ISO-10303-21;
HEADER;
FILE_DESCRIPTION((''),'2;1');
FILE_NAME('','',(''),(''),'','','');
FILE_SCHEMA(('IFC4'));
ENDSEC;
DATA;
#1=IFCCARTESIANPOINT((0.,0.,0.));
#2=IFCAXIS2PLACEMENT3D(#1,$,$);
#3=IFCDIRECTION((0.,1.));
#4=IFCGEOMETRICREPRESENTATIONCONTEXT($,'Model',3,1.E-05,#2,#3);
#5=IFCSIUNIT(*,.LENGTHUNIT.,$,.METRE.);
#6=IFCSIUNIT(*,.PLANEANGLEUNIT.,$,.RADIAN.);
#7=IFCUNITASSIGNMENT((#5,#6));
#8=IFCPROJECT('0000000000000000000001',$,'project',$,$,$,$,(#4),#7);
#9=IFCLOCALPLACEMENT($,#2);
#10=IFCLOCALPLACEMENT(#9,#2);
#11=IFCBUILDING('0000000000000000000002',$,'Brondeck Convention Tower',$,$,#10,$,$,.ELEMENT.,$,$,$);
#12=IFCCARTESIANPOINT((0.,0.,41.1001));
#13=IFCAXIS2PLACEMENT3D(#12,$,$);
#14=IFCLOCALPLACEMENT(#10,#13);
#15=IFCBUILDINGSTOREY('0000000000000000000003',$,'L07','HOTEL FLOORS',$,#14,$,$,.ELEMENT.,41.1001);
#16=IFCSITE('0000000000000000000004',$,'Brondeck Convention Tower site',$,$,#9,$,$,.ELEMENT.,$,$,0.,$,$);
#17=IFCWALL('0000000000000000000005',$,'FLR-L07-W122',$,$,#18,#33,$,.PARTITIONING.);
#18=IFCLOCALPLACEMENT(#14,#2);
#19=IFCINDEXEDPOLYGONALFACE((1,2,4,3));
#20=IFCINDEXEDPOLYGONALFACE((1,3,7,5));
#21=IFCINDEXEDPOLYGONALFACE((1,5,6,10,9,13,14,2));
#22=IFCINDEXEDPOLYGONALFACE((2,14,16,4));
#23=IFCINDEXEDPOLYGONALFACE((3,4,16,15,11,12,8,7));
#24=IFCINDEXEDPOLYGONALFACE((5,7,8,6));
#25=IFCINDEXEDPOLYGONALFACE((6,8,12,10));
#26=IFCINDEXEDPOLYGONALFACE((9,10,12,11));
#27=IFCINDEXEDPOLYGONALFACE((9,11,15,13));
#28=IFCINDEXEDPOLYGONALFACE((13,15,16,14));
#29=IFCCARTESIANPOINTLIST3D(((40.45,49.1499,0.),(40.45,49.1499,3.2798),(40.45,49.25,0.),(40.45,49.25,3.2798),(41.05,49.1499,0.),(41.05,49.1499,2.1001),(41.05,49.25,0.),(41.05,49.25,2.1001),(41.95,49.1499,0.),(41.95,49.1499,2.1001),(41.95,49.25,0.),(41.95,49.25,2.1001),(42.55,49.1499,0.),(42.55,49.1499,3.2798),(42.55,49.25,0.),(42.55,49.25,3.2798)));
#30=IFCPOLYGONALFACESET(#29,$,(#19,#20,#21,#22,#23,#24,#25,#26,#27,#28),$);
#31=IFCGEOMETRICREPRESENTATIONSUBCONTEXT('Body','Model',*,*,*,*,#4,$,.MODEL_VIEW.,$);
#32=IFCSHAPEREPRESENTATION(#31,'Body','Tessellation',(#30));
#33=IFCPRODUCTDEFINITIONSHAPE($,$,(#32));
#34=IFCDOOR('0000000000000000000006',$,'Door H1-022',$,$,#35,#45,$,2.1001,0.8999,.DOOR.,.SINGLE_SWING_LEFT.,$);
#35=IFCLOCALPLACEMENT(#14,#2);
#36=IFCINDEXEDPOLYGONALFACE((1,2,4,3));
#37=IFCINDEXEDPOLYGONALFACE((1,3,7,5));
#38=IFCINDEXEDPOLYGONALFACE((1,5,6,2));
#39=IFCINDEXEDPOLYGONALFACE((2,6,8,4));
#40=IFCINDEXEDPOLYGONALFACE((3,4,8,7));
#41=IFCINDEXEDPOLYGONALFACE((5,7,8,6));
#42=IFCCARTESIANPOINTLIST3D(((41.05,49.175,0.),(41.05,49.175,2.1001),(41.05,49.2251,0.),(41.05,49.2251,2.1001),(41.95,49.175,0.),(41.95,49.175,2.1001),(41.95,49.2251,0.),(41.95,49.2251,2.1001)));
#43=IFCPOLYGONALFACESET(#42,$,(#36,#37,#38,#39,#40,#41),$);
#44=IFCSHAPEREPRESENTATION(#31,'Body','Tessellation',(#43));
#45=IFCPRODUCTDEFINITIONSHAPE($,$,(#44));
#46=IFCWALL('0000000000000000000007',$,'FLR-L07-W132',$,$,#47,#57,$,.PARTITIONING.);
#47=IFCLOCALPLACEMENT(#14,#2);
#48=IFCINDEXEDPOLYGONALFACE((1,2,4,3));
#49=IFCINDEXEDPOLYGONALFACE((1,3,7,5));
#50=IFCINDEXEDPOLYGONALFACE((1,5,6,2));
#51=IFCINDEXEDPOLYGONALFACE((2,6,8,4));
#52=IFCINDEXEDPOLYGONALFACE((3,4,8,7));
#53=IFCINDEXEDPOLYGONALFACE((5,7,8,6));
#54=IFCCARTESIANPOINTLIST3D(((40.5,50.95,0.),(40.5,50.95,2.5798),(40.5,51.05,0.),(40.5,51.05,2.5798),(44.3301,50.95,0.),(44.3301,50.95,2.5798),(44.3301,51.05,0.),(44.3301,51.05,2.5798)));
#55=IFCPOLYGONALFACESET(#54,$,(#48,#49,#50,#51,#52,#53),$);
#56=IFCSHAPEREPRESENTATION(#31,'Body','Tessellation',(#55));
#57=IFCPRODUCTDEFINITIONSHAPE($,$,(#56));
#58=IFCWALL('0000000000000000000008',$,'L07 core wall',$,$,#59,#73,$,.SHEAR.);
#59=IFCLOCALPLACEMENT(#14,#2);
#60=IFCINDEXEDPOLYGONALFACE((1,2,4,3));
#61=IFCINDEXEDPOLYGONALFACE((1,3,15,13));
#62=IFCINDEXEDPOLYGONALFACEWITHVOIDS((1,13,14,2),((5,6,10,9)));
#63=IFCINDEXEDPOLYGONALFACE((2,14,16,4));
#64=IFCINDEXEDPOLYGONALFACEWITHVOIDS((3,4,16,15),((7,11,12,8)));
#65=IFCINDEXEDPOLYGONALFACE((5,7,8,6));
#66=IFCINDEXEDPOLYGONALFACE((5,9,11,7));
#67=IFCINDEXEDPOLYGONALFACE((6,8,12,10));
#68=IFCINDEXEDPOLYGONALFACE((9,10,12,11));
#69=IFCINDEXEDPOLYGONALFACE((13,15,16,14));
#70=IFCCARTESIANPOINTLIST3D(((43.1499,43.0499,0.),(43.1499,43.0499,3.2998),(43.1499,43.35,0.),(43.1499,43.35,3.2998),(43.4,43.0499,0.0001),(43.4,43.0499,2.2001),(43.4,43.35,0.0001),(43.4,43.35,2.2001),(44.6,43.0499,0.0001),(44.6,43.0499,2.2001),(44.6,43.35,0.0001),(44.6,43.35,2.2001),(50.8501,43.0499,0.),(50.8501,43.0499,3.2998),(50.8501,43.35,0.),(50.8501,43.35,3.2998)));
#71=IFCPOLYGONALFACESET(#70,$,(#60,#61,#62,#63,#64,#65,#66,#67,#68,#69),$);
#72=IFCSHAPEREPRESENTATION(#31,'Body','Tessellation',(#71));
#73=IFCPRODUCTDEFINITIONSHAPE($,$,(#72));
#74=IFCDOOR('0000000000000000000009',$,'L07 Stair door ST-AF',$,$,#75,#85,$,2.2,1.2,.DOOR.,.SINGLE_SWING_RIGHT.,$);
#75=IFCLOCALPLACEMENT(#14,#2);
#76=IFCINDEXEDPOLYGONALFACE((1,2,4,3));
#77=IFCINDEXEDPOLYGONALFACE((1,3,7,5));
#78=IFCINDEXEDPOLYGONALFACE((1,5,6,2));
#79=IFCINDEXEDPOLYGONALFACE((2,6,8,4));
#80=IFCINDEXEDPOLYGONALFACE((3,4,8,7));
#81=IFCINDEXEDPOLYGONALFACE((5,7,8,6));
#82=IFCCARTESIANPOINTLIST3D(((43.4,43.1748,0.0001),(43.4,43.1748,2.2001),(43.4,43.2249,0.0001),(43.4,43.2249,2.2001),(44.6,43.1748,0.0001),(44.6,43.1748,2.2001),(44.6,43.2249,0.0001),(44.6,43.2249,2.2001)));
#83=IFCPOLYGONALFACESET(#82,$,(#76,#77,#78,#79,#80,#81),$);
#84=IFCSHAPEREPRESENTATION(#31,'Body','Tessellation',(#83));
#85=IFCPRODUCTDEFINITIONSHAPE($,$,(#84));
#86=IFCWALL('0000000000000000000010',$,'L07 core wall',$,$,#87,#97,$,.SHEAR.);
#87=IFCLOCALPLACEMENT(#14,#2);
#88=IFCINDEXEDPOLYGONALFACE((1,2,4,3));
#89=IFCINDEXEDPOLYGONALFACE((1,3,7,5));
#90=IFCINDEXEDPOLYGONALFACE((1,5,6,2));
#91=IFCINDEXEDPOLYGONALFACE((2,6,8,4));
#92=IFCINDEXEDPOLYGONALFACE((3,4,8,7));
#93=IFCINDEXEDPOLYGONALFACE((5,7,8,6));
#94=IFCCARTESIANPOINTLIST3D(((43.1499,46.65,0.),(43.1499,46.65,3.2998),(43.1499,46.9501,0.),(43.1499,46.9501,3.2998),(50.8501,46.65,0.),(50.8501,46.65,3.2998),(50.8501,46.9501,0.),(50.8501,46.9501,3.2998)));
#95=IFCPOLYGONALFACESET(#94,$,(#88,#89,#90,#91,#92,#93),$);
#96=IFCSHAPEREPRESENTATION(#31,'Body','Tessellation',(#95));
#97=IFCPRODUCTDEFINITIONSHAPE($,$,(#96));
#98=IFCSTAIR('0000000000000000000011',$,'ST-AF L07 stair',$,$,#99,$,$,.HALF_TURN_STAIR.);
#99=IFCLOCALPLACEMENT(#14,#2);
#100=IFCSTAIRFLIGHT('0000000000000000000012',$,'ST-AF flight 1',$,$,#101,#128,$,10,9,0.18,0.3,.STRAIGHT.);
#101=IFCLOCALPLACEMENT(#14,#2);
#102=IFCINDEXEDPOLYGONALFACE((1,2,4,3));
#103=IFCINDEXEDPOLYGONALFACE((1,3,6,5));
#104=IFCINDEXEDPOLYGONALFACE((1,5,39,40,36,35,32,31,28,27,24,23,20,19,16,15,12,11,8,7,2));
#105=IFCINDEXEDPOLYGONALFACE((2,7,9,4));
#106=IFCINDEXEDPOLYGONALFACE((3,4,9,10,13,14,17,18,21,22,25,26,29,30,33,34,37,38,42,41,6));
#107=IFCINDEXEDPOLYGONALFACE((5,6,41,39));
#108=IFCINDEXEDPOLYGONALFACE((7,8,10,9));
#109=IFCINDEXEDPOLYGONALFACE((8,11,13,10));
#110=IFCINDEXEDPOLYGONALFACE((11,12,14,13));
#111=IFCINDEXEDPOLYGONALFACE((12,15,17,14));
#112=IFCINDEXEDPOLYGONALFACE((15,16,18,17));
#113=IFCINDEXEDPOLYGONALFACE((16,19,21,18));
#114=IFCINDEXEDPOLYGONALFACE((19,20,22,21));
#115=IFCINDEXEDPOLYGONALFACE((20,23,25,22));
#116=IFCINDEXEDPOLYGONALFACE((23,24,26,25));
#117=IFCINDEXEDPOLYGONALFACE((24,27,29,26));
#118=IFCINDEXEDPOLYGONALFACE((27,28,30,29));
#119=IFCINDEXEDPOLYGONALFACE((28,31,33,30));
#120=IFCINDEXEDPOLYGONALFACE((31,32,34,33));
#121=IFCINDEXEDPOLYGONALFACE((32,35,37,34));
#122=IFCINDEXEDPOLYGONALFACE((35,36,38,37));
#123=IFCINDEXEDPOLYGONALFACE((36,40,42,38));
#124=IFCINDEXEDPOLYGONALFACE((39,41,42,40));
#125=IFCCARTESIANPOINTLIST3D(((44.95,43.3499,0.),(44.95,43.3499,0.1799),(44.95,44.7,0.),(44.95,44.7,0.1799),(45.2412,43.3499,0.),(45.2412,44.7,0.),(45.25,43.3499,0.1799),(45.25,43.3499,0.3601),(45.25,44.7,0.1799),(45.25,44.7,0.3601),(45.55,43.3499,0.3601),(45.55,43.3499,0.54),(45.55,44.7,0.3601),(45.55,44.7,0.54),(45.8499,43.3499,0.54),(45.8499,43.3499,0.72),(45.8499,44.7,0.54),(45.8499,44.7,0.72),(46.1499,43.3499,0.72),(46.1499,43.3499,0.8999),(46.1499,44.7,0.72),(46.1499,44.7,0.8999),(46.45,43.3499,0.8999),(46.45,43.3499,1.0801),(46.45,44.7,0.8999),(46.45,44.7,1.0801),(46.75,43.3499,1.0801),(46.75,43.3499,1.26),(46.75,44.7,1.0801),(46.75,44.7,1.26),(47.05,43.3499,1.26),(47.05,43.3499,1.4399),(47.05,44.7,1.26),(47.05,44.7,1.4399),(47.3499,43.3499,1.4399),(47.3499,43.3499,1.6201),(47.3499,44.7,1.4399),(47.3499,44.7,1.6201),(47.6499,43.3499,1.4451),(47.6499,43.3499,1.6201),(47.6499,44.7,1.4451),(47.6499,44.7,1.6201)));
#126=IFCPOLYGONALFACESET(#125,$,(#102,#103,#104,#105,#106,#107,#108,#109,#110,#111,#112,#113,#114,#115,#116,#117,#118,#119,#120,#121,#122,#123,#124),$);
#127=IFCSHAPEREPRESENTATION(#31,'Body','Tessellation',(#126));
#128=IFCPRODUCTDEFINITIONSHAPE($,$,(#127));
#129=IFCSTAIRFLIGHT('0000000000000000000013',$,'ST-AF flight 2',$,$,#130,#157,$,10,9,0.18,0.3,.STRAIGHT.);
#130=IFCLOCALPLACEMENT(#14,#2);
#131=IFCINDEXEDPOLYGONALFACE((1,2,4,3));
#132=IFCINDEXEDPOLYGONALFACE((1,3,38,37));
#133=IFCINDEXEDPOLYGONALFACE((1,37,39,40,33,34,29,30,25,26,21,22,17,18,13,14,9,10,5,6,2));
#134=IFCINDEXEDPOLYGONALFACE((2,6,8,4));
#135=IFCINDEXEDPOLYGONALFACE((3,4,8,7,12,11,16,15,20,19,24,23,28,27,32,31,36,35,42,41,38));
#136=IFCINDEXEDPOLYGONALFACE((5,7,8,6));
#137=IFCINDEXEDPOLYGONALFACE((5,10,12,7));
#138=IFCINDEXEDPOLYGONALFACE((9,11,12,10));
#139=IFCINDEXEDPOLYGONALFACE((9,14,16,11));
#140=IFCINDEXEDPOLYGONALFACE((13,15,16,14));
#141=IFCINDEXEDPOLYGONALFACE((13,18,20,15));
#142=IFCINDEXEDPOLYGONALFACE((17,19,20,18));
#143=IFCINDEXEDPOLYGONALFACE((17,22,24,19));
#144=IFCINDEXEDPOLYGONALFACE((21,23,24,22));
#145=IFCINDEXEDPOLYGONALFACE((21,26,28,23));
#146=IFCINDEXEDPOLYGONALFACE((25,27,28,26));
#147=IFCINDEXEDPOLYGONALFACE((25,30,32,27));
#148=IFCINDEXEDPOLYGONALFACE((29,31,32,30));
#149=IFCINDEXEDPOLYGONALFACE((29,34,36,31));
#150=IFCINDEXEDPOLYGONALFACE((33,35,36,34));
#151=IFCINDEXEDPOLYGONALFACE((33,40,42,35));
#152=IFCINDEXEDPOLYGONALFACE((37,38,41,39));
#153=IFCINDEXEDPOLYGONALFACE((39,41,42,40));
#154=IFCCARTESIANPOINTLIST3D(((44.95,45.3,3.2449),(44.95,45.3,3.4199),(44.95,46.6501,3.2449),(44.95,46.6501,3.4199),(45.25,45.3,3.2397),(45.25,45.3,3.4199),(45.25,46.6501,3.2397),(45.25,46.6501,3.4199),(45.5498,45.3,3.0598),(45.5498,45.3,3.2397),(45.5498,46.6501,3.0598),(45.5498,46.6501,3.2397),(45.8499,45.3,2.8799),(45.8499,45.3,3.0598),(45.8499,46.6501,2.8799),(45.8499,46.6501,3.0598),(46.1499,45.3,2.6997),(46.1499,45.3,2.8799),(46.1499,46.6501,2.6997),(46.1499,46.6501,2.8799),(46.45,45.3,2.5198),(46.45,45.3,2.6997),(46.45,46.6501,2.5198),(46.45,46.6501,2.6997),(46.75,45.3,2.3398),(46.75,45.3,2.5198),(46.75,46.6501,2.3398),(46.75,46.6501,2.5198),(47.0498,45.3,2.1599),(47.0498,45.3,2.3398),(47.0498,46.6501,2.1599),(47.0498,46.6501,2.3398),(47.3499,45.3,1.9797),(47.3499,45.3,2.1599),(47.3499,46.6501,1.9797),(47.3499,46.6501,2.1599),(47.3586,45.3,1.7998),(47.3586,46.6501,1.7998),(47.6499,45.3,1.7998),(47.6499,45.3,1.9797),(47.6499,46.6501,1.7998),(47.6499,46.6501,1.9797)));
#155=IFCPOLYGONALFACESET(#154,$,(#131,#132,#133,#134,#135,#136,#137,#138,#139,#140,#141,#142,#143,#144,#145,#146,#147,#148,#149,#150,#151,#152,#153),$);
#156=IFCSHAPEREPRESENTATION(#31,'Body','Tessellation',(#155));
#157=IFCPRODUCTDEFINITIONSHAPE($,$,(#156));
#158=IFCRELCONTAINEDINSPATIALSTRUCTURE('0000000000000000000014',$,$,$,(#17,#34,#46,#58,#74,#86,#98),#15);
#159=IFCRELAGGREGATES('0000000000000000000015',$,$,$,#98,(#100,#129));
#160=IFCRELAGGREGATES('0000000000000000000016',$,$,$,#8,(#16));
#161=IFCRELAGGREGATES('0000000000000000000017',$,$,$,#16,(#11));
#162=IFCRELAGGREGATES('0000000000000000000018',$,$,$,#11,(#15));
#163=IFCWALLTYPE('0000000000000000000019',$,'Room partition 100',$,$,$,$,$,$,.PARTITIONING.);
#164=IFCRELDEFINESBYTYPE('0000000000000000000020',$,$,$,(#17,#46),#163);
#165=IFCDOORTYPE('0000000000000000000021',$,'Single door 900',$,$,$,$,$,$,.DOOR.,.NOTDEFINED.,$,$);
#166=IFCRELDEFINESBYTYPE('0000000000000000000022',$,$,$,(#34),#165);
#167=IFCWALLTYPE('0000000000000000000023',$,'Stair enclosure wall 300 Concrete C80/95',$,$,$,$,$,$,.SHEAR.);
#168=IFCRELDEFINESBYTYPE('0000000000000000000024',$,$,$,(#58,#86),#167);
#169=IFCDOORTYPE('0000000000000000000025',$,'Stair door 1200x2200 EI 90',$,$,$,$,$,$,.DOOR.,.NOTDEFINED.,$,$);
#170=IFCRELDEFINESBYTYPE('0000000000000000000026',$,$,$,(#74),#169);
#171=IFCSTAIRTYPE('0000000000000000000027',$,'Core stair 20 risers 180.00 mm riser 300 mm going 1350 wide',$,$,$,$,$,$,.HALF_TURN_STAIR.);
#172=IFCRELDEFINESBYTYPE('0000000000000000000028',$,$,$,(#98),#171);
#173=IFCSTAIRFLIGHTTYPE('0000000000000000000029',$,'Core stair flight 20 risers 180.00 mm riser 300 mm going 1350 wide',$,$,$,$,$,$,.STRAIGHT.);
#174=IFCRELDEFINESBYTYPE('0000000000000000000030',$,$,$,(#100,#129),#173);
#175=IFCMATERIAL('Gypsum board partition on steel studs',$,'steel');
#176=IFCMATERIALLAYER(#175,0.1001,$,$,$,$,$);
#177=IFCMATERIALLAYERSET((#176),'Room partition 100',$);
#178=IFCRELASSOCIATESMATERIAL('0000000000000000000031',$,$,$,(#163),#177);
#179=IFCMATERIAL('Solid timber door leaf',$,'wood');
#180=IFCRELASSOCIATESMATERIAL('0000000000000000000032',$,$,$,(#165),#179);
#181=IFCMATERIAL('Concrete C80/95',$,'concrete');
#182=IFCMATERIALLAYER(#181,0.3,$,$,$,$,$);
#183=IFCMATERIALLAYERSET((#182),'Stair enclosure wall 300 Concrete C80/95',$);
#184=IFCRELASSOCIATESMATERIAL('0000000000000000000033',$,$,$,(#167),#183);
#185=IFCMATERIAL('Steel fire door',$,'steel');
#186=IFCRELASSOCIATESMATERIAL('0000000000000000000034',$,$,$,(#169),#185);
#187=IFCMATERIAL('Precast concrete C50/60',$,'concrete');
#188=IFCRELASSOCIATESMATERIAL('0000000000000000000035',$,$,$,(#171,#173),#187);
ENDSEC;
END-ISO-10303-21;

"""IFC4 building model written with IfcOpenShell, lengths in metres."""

from ifc_helpers import new_model, si_unit, direction, frame, frame_2d, origin, place, context, subcontext, project, spatial, polyline, rectangle, outline, extrude, material, layer, layer_set, type_object, element, fill, aggregate, save


model = new_model("IFC4")

# Units and contexts
model_context = context("Model", 3, precision=1e-05, world=origin(), true_north=direction((0.0, 1.0)))
body_context = subcontext(model_context, "Body", "Model", "MODEL_VIEW")
ifc_project = project(units=[si_unit("LENGTHUNIT", "METRE"), si_unit("PLANEANGLEUNIT", "RADIAN")], contexts=[model_context])

# Site, building, storey
site_placement = place(None, origin())
site = spatial("IfcSite", under=ifc_project, at=site_placement, Name="Brondeck Convention Tower site", CompositionType="ELEMENT", RefElevation=0.0)
building_placement = place(site_placement, origin())
building = spatial("IfcBuilding", under=site, at=building_placement, Name="Brondeck Convention Tower", CompositionType="ELEMENT")
storey_placement = place(building_placement, frame((0.0, 0.0, 41.1001)))
storey = spatial("IfcBuildingStorey", under=building, at=storey_placement, Name="L07", Description="HOTEL FLOORS", CompositionType="ELEMENT", Elevation=41.1001)

# Shared definitions
ifc_material_1 = material(Name="Concrete C80/95", Category="concrete")

# Wall, opening, door
ifc_material_2 = material(Name="Gypsum board partition on steel studs", Category="steel")
ifc_layer_1 = layer(ifc_material_2, 0.1001)
ifc_layer_set_1 = layer_set([ifc_layer_1], Name="Room partition 100")
wall_type_1 = type_object("IfcWallType", Name="Room partition 100", PredefinedType="PARTITIONING", material=ifc_layer_set_1)
wall_1_placement = place(storey_placement, frame((42.55, 49.2, 0.0), z_axis=(0.0, 0.0, 1.0), x_axis=(-1.0, 0.0, 0.0)))
wall_1 = element("IfcWall", 1, at=wall_1_placement, inside=storey, type_object=wall_type_1, Name="FLR-L07-W122", PredefinedType="PARTITIONING", context=body_context, shape_type="SweptSolid", body=[
    extrude(rectangle(XDim=2.1001, YDim=0.1001, at=frame_2d((1.05, 0.0))), origin(), (0.0, 0.0, 1.0), 3.2798),
])
opening_1_placement = place(wall_1_placement, frame((0.6001, 0.0, 0.0)))
opening_1 = element("IfcOpeningElement", 2, at=opening_1_placement, cuts=wall_1, PredefinedType="OPENING", context=body_context, shape_type="SweptSolid", body=[
    extrude(rectangle(XDim=0.8999, YDim=2.1001, at=frame_2d((0.45, 1.05))), frame((0.0, 0.0601, 0.0), z_axis=(0.0, -1.0, 0.0), x_axis=(1.0, 0.0, 0.0)), (0.0, 0.0, 1.0), 0.1201),
])
ifc_material_3 = material(Name="Solid timber door leaf", Category="wood")
door_type_1 = type_object("IfcDoorType", Name="Single door 900", OperationType="NOTDEFINED", PredefinedType="DOOR", material=ifc_material_3)
door_1_placement = place(opening_1_placement, origin())
door_1 = element("IfcDoor", 3, at=door_1_placement, inside=storey, type_object=door_type_1, Name="Door H1-022", OperationType="SINGLE_SWING_LEFT", OverallHeight=2.1001, OverallWidth=0.8999, PredefinedType="DOOR", context=body_context, shape_type="SweptSolid", body=[
    extrude(rectangle(XDim=0.8999, YDim=2.1001, at=frame_2d((0.45, 1.05))), frame((0.0, 0.0249, 0.0), z_axis=(0.0, -1.0, 0.0), x_axis=(1.0, 0.0, 0.0)), (0.0, 0.0, 1.0), 0.05),
])
fill(opening_1, door_1)

# Wall
wall_2_placement = place(storey_placement, frame((44.3301, 51.0, 0.0), z_axis=(0.0, 0.0, 1.0), x_axis=(-1.0, 0.0, 0.0)))
element("IfcWall", 4, at=wall_2_placement, inside=storey, type_object=wall_type_1, Name="FLR-L07-W132", PredefinedType="PARTITIONING", context=body_context, shape_type="SweptSolid", body=[
    extrude(rectangle(XDim=3.8301, YDim=0.1001, at=frame_2d((1.915, 0.0))), origin(), (0.0, 0.0, 1.0), 2.5798),
])

# Wall, opening, door
ifc_layer_2 = layer(ifc_material_1, 0.3)
ifc_layer_set_2 = layer_set([ifc_layer_2], Name="Stair enclosure wall 300 Concrete C80/95")
wall_type_2 = type_object("IfcWallType", Name="Stair enclosure wall 300 Concrete C80/95", PredefinedType="SHEAR", material=ifc_layer_set_2)
wall_3_placement = place(storey_placement, frame((43.1499, 43.2, 0.0), z_axis=(0.0, 0.0, 1.0), x_axis=(1.0, 0.0, 0.0)))
wall_3 = element("IfcWall", 5, at=wall_3_placement, inside=storey, type_object=wall_type_2, Name="L07 core wall", PredefinedType="SHEAR", context=body_context, shape_type="SweptSolid", body=[
    extrude(rectangle(XDim=7.7002, YDim=0.3, at=frame_2d((3.8501, 0.0))), origin(), (0.0, 0.0, 1.0), 3.2998),
])
opening_2_placement = place(wall_3_placement, frame((0.25, 0.0, 0.0)))
opening_2 = element("IfcOpeningElement", 6, at=opening_2_placement, cuts=wall_3, PredefinedType="OPENING", context=body_context, shape_type="SweptSolid", body=[
    extrude(rectangle(XDim=1.2, YDim=2.2, at=frame_2d((0.6001, 1.1001))), frame((0.0, 0.1599, 0.0), z_axis=(0.0, -1.0, 0.0), x_axis=(1.0, 0.0, 0.0)), (0.0, 0.0, 1.0), 0.3201),
])
ifc_material_4 = material(Name="Steel fire door", Category="steel")
door_type_2 = type_object("IfcDoorType", Name="Stair door 1200x2200 EI 90", OperationType="NOTDEFINED", PredefinedType="DOOR", material=ifc_material_4)
door_2_placement = place(opening_2_placement, origin())
door_2 = element("IfcDoor", 7, at=door_2_placement, inside=storey, type_object=door_type_2, Name="L07 Stair door ST-AF", OperationType="SINGLE_SWING_RIGHT", OverallHeight=2.2, OverallWidth=1.2, PredefinedType="DOOR", context=body_context, shape_type="SweptSolid", body=[
    extrude(rectangle(XDim=1.2, YDim=2.2, at=frame_2d((0.6001, 1.1001))), frame((0.0, 0.0249, 0.0), z_axis=(0.0, -1.0, 0.0), x_axis=(1.0, 0.0, 0.0)), (0.0, 0.0, 1.0), 0.05),
])
fill(opening_2, door_2)

# Wall
wall_4_placement = place(storey_placement, frame((43.1499, 46.8, 0.0), z_axis=(0.0, 0.0, 1.0), x_axis=(1.0, 0.0, 0.0)))
element("IfcWall", 8, at=wall_4_placement, inside=storey, type_object=wall_type_2, Name="L07 core wall", PredefinedType="SHEAR", context=body_context, shape_type="SweptSolid", body=[
    extrude(rectangle(XDim=7.7002, YDim=0.3, at=frame_2d((3.8501, 0.0))), origin(), (0.0, 0.0, 1.0), 3.2998),
])

# Stair, stair flights
ifc_material_5 = material(Name="Precast concrete C50/60", Category="concrete")
stair_type = type_object("IfcStairType", Name="Core stair 20 risers 180.00 mm riser 300 mm going 1350 wide", PredefinedType="HALF_TURN_STAIR", material=ifc_material_5)
stair_placement = place(storey_placement, origin())
stair = element("IfcStair", 9, at=stair_placement, inside=storey, type_object=stair_type, Name="ST-AF L07 stair", PredefinedType="HALF_TURN_STAIR")
stair_flight_type = type_object("IfcStairFlightType", Name="Core stair flight 20 risers 180.00 mm riser 300 mm going 1350 wide", PredefinedType="STRAIGHT", material=ifc_material_5)
stair_flight_1_placement = place(storey_placement, frame((44.95, 44.0249, 0.0), z_axis=(0.0, 0.0, 1.0), x_axis=(1.0, 0.0, 0.0)))
stair_flight_1 = element("IfcStairFlight", 10, at=stair_flight_1_placement, type_object=stair_flight_type, Name="ST-AF flight 1", NumberOfRisers=10, NumberOfTreads=9, PredefinedType="STRAIGHT", RiserHeight=0.18, TreadLength=0.3, context=body_context, shape_type="SweptSolid", body=[
    extrude(outline(polyline([(0.0, 0.0), (0.0, 0.1799), (0.3, 0.1799), (0.3, 0.3601), (0.6001, 0.3601), (0.6001, 0.54), (0.8999, 0.54), (0.8999, 0.72), (1.2, 0.72), (1.2, 0.8999), (1.5, 0.8999), (1.5, 1.0801), (1.8, 1.0801), (1.8, 1.26), (2.1001, 1.26), (2.1001, 1.4399), (2.3999, 1.4399), (2.3999, 1.6201), (2.7, 1.6201), (2.7, 1.8), (2.7, 1.4451), (0.2913, 0.0), (0.0, 0.0)])), frame((0.0, 0.675, 0.0), z_axis=(0.0, -1.0, 0.0), x_axis=(1.0, 0.0, 0.0)), (0.0, 0.0, 1.0), 1.3501),
])
stair_flight_2_placement = place(storey_placement, frame((47.6499, 45.9751, 1.7998), z_axis=(0.0, 0.0, 1.0), x_axis=(-1.0, 0.0, 0.0)))
stair_flight_2 = element("IfcStairFlight", 11, at=stair_flight_2_placement, type_object=stair_flight_type, Name="ST-AF flight 2", NumberOfRisers=10, NumberOfTreads=9, PredefinedType="STRAIGHT", RiserHeight=0.18, TreadLength=0.3, context=body_context, shape_type="SweptSolid", body=[
    extrude(outline(polyline([(0.0, 0.0), (0.0, 0.1799), (0.3, 0.1799), (0.3, 0.3601), (0.6001, 0.3601), (0.6001, 0.54), (0.8999, 0.54), (0.8999, 0.72), (1.2, 0.72), (1.2, 0.8999), (1.5, 0.8999), (1.5, 1.0801), (1.8, 1.0801), (1.8, 1.26), (2.1001, 1.26), (2.1001, 1.4399), (2.3999, 1.4399), (2.3999, 1.6201), (2.7, 1.6201), (2.7, 1.8), (2.7, 1.4451), (0.2913, 0.0), (0.0, 0.0)])), frame((0.0, 0.675, 0.0), z_axis=(0.0, -1.0, 0.0), x_axis=(1.0, 0.0, 0.0)), (0.0, 0.0, 1.0), 1.3501),
])
aggregate(stair, [stair_flight_1, stair_flight_2])

save(model, "model.ifc")
